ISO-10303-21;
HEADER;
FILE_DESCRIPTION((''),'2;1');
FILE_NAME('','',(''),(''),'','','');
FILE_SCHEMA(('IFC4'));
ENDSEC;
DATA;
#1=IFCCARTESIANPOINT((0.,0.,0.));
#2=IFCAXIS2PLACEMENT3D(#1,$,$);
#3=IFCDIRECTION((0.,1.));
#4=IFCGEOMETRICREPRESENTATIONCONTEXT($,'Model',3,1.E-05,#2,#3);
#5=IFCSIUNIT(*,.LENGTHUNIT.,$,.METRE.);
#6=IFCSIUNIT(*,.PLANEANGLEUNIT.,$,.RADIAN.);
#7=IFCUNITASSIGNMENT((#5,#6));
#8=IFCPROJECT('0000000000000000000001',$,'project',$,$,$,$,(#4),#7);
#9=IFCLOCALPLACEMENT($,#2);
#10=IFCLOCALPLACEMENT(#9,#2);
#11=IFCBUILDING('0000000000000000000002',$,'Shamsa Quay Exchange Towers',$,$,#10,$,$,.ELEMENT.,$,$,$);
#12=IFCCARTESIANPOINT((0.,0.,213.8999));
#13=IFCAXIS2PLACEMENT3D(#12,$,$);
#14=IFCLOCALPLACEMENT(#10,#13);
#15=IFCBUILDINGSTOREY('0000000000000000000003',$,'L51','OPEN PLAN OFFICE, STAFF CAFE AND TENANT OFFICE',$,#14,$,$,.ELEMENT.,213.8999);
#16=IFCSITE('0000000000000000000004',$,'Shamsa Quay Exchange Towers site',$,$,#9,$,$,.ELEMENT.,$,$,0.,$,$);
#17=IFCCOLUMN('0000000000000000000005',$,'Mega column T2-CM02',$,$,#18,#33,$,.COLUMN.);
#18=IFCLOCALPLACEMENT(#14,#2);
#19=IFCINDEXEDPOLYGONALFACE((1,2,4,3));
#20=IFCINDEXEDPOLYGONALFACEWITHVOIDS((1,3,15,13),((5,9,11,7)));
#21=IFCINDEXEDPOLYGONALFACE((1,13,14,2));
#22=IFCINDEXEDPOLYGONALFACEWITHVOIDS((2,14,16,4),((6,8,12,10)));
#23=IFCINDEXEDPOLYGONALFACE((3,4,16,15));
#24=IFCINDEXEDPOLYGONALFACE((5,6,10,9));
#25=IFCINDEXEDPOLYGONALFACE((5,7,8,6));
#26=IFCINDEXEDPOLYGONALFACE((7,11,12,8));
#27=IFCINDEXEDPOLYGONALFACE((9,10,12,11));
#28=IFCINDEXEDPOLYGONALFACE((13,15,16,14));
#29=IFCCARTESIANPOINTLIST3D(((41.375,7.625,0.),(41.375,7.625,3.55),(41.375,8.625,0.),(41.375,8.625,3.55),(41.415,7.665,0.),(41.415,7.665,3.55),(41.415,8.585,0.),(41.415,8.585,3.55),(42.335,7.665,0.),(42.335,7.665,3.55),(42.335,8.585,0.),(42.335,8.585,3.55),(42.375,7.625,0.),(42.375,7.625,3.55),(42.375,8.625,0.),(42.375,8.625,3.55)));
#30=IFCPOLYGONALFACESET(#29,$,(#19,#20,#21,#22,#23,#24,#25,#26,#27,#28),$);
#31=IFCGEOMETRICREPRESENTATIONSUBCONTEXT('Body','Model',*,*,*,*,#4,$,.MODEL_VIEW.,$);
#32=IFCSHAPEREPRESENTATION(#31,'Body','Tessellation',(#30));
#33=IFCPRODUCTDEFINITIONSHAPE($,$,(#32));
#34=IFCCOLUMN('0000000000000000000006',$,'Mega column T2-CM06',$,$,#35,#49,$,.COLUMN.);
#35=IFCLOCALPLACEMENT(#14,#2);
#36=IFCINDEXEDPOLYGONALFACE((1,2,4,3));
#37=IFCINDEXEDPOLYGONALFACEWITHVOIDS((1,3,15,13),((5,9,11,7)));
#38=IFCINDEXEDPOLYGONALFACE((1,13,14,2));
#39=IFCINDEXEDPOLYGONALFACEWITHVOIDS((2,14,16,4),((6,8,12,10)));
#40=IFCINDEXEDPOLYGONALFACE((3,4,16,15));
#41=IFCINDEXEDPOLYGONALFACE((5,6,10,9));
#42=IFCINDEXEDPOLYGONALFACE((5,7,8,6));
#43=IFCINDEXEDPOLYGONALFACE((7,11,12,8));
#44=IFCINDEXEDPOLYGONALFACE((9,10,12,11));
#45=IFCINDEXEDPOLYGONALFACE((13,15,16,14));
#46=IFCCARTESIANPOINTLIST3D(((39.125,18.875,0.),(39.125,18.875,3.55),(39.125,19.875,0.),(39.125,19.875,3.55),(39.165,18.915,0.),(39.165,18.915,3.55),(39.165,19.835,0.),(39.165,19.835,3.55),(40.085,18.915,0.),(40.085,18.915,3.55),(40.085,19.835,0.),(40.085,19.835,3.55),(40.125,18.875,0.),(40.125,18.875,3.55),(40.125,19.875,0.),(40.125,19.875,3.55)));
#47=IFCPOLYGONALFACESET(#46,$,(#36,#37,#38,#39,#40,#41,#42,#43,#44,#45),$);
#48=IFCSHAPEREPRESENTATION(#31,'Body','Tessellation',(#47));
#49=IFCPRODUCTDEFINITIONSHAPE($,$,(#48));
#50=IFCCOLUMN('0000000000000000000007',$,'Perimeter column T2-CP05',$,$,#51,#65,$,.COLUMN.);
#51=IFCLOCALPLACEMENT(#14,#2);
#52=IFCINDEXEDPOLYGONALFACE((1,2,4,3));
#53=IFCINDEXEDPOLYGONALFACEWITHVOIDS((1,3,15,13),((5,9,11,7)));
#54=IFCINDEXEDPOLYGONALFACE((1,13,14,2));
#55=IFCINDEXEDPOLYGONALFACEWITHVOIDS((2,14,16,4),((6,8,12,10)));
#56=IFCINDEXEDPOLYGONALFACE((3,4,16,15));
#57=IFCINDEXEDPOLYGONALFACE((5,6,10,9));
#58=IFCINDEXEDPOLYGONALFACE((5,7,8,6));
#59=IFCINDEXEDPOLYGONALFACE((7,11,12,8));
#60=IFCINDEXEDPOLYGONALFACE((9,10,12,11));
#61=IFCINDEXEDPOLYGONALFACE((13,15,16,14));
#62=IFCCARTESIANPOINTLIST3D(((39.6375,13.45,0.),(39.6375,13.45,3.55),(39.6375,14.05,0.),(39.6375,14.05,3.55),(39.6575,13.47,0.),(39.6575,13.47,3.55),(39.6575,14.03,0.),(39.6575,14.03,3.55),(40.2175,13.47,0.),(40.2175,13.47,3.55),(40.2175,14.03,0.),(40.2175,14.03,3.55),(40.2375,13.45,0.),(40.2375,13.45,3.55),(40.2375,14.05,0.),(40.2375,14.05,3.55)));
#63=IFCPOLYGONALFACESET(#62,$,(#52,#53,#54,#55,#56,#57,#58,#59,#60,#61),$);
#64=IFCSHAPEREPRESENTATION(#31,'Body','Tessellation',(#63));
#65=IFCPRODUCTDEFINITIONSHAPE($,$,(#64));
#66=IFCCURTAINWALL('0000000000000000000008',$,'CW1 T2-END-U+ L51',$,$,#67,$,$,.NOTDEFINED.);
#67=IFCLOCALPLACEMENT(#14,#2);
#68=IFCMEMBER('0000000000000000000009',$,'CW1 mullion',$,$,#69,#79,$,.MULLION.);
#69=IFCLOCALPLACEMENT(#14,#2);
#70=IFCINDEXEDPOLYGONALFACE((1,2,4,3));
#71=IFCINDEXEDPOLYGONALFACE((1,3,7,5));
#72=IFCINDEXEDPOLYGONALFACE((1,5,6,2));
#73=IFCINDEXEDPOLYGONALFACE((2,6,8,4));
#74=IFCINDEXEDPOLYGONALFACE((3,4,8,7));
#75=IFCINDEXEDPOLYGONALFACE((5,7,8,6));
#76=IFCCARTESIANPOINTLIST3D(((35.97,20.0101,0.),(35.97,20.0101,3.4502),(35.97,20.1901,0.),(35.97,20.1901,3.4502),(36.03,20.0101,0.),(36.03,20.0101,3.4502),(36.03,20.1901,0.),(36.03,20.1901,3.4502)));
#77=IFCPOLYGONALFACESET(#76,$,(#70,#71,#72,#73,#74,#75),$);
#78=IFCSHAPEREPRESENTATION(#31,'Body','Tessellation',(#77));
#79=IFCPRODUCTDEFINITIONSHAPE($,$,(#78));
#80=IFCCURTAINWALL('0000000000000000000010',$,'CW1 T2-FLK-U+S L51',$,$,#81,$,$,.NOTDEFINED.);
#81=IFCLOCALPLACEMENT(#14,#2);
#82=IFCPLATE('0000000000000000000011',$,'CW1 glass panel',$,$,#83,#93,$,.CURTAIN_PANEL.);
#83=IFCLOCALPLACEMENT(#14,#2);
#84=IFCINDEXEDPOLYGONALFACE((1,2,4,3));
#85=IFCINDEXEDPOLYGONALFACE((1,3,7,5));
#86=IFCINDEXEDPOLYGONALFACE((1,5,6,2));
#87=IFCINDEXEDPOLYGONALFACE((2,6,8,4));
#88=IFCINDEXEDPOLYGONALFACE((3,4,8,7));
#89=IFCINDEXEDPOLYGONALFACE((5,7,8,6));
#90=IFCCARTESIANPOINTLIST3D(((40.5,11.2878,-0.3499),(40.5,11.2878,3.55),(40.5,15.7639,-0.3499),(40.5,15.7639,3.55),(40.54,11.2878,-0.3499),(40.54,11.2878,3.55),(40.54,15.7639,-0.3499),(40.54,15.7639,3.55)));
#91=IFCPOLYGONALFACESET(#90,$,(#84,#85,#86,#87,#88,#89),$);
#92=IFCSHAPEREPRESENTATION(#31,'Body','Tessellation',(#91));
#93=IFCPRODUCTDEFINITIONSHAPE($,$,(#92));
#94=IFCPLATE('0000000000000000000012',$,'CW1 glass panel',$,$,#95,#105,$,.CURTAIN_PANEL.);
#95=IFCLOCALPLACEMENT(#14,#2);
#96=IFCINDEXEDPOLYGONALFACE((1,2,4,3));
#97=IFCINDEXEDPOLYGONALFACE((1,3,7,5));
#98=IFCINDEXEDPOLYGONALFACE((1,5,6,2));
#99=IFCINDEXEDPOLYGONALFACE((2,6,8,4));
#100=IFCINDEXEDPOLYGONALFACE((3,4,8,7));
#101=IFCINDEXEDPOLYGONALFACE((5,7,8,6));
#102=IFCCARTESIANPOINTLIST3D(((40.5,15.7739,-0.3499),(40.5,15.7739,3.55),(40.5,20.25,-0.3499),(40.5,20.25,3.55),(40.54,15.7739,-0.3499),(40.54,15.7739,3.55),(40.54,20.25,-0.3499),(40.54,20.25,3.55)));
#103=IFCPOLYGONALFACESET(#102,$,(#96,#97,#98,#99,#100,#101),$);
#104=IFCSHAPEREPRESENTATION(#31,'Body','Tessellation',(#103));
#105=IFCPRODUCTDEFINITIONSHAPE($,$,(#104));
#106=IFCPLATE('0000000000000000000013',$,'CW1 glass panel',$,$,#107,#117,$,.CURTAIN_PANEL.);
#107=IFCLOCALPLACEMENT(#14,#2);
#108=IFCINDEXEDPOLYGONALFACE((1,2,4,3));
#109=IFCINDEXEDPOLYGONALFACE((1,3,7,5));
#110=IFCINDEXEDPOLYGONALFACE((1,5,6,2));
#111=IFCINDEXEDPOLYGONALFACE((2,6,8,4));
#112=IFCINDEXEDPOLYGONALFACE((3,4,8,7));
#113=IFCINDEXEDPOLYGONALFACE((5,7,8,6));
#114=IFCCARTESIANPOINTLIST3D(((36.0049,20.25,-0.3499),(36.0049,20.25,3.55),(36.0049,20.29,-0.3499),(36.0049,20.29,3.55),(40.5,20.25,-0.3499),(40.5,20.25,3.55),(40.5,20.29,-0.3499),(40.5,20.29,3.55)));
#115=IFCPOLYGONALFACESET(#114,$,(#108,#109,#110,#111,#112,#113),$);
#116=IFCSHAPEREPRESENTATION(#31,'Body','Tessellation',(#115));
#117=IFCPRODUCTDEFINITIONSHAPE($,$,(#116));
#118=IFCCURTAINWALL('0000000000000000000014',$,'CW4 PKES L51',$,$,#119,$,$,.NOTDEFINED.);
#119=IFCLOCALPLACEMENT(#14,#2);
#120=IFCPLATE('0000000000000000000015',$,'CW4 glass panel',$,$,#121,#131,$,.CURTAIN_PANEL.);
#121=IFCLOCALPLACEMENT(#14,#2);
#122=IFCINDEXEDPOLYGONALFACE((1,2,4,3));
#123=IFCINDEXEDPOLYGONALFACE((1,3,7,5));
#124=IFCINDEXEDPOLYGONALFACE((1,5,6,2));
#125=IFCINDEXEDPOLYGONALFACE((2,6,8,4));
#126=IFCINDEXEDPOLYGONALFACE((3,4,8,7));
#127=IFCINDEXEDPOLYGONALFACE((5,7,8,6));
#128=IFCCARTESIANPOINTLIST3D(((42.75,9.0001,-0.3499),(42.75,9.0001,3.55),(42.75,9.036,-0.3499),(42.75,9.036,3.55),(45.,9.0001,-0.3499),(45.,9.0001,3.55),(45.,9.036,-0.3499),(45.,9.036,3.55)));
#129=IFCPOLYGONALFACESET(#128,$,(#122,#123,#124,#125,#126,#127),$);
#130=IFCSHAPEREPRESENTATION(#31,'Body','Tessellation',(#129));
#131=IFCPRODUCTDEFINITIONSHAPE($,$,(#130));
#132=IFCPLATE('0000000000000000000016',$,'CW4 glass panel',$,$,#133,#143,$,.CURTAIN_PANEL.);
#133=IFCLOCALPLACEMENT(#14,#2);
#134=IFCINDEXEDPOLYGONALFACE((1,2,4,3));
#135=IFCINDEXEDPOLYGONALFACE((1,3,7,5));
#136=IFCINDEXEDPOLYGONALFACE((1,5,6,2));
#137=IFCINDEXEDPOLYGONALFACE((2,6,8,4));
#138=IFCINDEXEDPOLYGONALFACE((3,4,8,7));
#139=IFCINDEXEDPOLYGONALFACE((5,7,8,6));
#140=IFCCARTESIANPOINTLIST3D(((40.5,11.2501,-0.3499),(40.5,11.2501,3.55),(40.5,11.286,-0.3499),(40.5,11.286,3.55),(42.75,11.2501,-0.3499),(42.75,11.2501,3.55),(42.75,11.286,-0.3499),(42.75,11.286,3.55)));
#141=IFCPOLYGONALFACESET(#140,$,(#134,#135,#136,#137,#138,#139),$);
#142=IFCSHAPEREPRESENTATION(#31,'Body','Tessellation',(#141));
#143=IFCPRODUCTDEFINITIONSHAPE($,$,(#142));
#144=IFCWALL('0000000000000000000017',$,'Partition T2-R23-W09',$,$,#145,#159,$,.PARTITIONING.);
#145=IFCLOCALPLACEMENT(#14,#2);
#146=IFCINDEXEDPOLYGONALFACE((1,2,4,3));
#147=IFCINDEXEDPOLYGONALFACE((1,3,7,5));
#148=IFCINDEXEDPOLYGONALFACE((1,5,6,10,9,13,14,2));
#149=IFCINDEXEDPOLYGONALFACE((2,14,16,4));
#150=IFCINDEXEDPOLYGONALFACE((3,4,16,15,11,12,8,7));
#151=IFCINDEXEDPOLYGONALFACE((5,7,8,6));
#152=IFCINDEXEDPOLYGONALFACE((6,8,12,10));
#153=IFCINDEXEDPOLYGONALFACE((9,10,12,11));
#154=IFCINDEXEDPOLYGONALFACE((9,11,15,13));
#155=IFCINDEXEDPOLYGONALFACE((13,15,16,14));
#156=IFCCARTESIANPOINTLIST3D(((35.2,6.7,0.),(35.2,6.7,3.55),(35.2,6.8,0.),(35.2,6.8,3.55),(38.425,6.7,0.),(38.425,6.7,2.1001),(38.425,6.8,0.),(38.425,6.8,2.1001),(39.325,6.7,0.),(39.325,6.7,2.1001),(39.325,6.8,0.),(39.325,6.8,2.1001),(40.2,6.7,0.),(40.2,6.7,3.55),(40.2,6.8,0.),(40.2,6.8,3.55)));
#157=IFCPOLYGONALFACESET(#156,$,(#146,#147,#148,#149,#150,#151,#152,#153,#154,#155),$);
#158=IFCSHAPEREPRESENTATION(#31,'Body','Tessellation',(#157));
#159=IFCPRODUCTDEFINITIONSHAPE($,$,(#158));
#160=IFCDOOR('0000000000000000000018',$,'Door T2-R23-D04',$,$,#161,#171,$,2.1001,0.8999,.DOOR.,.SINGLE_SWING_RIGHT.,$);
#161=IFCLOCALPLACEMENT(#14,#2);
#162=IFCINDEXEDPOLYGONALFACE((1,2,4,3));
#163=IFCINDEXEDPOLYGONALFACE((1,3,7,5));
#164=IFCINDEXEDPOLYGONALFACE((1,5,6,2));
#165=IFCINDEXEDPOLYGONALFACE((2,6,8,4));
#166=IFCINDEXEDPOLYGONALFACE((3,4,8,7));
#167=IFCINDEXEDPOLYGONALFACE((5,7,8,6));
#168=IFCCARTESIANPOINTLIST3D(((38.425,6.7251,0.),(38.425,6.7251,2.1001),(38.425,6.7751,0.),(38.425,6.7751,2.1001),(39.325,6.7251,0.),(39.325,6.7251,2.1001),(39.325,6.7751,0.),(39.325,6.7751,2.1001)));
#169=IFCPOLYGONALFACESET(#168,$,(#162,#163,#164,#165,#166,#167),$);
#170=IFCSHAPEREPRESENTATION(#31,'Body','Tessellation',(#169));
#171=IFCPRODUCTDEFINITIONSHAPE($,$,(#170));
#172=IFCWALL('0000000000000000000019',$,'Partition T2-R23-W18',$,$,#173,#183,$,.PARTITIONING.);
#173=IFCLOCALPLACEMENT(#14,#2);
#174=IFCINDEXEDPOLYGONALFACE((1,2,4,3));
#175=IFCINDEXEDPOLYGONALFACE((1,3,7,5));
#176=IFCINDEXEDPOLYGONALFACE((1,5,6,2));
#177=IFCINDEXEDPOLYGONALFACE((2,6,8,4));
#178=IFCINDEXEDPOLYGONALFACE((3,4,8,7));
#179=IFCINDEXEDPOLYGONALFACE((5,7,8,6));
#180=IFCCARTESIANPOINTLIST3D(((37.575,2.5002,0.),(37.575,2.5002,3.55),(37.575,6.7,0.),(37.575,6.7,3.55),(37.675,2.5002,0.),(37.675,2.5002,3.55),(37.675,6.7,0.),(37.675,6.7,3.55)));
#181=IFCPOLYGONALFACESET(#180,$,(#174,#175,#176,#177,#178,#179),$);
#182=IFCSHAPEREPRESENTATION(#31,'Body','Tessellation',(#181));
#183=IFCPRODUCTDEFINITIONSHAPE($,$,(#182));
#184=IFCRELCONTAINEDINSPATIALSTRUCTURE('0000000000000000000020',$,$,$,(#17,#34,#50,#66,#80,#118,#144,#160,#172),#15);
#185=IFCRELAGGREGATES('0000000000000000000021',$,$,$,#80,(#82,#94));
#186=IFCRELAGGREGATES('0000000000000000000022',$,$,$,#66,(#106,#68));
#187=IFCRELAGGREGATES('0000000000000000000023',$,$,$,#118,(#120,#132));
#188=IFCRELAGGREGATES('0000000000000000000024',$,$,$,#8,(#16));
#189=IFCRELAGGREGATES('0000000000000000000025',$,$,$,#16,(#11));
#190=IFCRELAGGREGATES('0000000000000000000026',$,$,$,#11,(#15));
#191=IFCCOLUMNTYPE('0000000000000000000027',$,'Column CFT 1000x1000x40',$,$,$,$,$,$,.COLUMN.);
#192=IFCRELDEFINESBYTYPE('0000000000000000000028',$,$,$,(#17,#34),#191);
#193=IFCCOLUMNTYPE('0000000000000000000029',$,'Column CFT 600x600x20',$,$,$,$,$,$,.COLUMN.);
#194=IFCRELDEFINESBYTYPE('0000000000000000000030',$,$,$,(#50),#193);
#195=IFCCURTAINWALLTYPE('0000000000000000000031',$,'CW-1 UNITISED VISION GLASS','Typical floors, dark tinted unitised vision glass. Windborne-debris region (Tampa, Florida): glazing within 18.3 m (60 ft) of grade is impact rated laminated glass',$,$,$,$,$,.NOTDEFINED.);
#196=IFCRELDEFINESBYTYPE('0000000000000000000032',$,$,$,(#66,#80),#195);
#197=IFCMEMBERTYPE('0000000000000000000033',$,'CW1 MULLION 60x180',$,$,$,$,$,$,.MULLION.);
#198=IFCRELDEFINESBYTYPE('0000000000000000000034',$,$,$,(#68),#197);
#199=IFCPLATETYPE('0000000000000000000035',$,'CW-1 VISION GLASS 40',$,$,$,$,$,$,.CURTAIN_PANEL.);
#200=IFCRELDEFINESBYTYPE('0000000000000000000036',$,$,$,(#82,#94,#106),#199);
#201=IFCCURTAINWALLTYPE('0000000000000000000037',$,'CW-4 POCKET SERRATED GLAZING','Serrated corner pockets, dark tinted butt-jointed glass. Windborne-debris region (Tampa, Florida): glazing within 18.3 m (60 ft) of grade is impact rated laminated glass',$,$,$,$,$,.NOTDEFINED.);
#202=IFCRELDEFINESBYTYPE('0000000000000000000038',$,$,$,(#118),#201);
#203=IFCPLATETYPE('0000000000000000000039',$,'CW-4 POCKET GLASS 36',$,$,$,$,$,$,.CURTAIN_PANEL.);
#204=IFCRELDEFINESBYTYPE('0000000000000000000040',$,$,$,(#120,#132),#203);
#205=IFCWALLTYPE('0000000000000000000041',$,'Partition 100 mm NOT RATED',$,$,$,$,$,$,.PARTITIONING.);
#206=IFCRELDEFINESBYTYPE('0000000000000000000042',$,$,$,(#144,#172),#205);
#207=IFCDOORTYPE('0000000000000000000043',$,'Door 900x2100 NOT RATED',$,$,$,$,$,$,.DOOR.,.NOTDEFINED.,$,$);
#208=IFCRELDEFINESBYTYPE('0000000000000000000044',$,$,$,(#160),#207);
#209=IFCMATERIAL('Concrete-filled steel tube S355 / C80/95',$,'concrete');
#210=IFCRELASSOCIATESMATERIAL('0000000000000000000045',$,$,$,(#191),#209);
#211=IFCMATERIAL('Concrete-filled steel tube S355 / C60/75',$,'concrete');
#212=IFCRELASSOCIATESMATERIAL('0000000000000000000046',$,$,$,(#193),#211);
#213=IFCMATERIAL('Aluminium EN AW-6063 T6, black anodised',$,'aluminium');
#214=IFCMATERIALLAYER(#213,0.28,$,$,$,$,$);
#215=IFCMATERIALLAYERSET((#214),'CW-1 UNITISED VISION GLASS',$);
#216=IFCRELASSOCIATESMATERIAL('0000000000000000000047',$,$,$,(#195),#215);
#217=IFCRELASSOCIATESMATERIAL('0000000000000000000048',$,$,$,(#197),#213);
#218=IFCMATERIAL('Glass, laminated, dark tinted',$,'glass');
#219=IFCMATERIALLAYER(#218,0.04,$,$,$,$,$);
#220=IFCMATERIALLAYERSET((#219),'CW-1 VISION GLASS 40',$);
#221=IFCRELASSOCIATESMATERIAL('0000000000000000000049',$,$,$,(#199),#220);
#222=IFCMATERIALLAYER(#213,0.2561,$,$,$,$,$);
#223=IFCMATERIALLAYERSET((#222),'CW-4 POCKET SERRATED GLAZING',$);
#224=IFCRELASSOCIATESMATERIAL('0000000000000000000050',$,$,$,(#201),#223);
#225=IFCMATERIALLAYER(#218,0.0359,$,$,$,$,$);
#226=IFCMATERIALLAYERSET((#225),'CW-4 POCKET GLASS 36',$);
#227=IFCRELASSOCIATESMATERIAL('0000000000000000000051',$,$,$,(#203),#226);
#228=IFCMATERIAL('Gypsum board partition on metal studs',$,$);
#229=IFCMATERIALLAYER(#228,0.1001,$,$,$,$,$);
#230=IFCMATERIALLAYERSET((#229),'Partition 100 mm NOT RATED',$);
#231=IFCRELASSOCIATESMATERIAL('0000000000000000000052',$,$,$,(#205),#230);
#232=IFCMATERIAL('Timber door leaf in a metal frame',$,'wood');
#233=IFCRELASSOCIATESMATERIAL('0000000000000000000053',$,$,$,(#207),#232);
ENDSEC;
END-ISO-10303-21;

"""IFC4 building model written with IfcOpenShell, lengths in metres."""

from ifc_helpers import new_model, si_unit, direction, frame, frame_2d, origin, origin_2d, place, context, subcontext, project, spatial, rectangle, hollow_rectangle, extrude, material, layer, layer_set, material_profile, profile_set, type_object, element, fill, aggregate, save


model = new_model("IFC4")

# Units and contexts
model_context = context("Model", 3, precision=1e-05, world=origin(), true_north=direction((0.0, 1.0)))
body_context = subcontext(model_context, "Body", "Model", "MODEL_VIEW")
ifc_project = project(units=[si_unit("LENGTHUNIT", "METRE"), si_unit("PLANEANGLEUNIT", "RADIAN")], contexts=[model_context])

# Site, building, storey
site_placement = place(None, origin())
site = spatial("IfcSite", under=ifc_project, at=site_placement, Name="Shamsa Quay Exchange Towers site", CompositionType="ELEMENT", RefElevation=0.0)
building_placement = place(site_placement, origin())
building = spatial("IfcBuilding", under=site, at=building_placement, Name="Shamsa Quay Exchange Towers", CompositionType="ELEMENT")
storey_placement = place(building_placement, frame((0.0, 0.0, 213.8999)))
storey = spatial("IfcBuildingStorey", under=building, at=storey_placement, Name="L51", Description="OPEN PLAN OFFICE, STAFF CAFE AND TENANT OFFICE", CompositionType="ELEMENT", Elevation=213.8999)

# Columns
ifc_material_1 = material(Name="Concrete-filled steel tube S355 / C80/95", Category="concrete")
ifc_material_profile_1 = material_profile(ifc_material_1, hollow_rectangle(XDim=1.0, YDim=1.0, WallThickness=0.04, at=origin_2d()), Name="CFT 1000x1000x40")
ifc_profile_set_1 = profile_set([ifc_material_profile_1], Name="Concrete-filled steel tube S355 / C80/95")
column_type_1 = type_object("IfcColumnType", Name="Column CFT 1000x1000x40", PredefinedType="COLUMN", material=ifc_profile_set_1)
for number, where, name in (
    (1, (41.875, 8.125, 0.0), "Mega column T2-CM02"),
    (2, (39.625, 19.375, 0.0), "Mega column T2-CM06"),
):
    element("IfcColumn", number, at=place(storey_placement, frame(where)), inside=storey, type_object=column_type_1, Name=name, PredefinedType="COLUMN", context=body_context, shape_type="SweptSolid", body=[
        extrude(hollow_rectangle(XDim=1.0, YDim=1.0, WallThickness=0.04, at=origin_2d()), origin(), (0.0, 0.0, 1.0), 3.55),
    ])
ifc_material_2 = material(Name="Concrete-filled steel tube S355 / C60/75", Category="concrete")
ifc_material_profile_2 = material_profile(ifc_material_2, hollow_rectangle(XDim=0.6001, YDim=0.6001, WallThickness=0.02, at=origin_2d()), Name="CFT 600x600x20")
ifc_profile_set_2 = profile_set([ifc_material_profile_2], Name="Concrete-filled steel tube S355 / C60/75")
column_type_2 = type_object("IfcColumnType", Name="Column CFT 600x600x20", PredefinedType="COLUMN", material=ifc_profile_set_2)
column_placement = place(storey_placement, frame((39.9375, 13.75, 0.0)))
element("IfcColumn", 3, at=column_placement, inside=storey, type_object=column_type_2, Name="Perimeter column T2-CP05", PredefinedType="COLUMN", context=body_context, shape_type="SweptSolid", body=[
    extrude(hollow_rectangle(XDim=0.6001, YDim=0.6001, WallThickness=0.02, at=origin_2d()), origin(), (0.0, 0.0, 1.0), 3.55),
])

# Curtain wall, member
ifc_material_3 = material(Name="Aluminium EN AW-6063 T6, black anodised", Category="aluminium")
ifc_layer_1 = layer(ifc_material_3, 0.28)
ifc_layer_set_1 = layer_set([ifc_layer_1], Name="CW-1 UNITISED VISION GLASS")
curtain_wall_type_1 = type_object("IfcCurtainWallType", Name="CW-1 UNITISED VISION GLASS", Description="Typical floors, dark tinted unitised vision glass. Windborne-debris region (Tampa, Florida): glazing within 18.3 m (60 ft) of grade is impact rated laminated glass", PredefinedType="NOTDEFINED", material=ifc_layer_set_1)
curtain_wall_1_placement = place(storey_placement, origin())
curtain_wall_1 = element("IfcCurtainWall", 4, at=curtain_wall_1_placement, inside=storey, type_object=curtain_wall_type_1, Name="CW1 T2-END-U+ L51", PredefinedType="NOTDEFINED")
ifc_material_profile_3 = material_profile(ifc_material_3, rectangle(XDim=0.1799, YDim=0.0601, at=origin_2d()), Name="MU60x180")
ifc_profile_set_3 = profile_set([ifc_material_profile_3], Name="Aluminium EN AW-6063 T6, black anodised")
member_type = type_object("IfcMemberType", Name="CW1 MULLION 60x180", PredefinedType="MULLION", material=ifc_profile_set_3)
member_placement = place(storey_placement, frame((36.0, 20.1001, 0.0), z_axis=(0.0, 0.0, 1.0), x_axis=(0.0, -1.0, 0.0)))
member = element("IfcMember", 5, at=member_placement, type_object=member_type, Name="CW1 mullion", PredefinedType="MULLION", context=body_context, shape_type="SweptSolid", body=[
    extrude(rectangle(XDim=0.1799, YDim=0.0601, at=origin_2d()), origin(), (0.0, 0.0, 1.0), 3.4502),
])

# Curtain wall, plates
curtain_wall_2_placement = place(storey_placement, origin())
curtain_wall_2 = element("IfcCurtainWall", 6, at=curtain_wall_2_placement, inside=storey, type_object=curtain_wall_type_1, Name="CW1 T2-FLK-U+S L51", PredefinedType="NOTDEFINED")
ifc_material_4 = material(Name="Glass, laminated, dark tinted", Category="glass")
ifc_layer_2 = layer(ifc_material_4, 0.04)
ifc_layer_set_2 = layer_set([ifc_layer_2], Name="CW-1 VISION GLASS 40")
plate_type_1 = type_object("IfcPlateType", Name="CW-1 VISION GLASS 40", PredefinedType="CURTAIN_PANEL", material=ifc_layer_set_2)
plate_1_placement = place(storey_placement, frame((40.52, 13.5259, -0.3499), z_axis=(0.0, 0.0, 1.0), x_axis=(0.0, 1.0, 0.0)))
plate_1 = element("IfcPlate", 7, at=plate_1_placement, type_object=plate_type_1, Name="CW1 glass panel", PredefinedType="CURTAIN_PANEL", context=body_context, shape_type="SweptSolid", body=[
    extrude(rectangle(XDim=4.4761, YDim=0.04, at=origin_2d()), origin(), (0.0, 0.0, 1.0), 3.8999),
])
plate_2_placement = place(storey_placement, frame((40.52, 18.012, -0.3499), z_axis=(0.0, 0.0, 1.0), x_axis=(0.0, 1.0, 0.0)))
plate_2 = element("IfcPlate", 8, at=plate_2_placement, type_object=plate_type_1, Name="CW1 glass panel", PredefinedType="CURTAIN_PANEL", context=body_context, shape_type="SweptSolid", body=[
    extrude(rectangle(XDim=4.4761, YDim=0.04, at=origin_2d()), origin(), (0.0, 0.0, 1.0), 3.8999),
])
aggregate(curtain_wall_2, [plate_1, plate_2])

# Plate
plate_3_placement = place(storey_placement, frame((38.2524, 20.27, -0.3499), z_axis=(0.0, 0.0, 1.0), x_axis=(-1.0, 0.0, 0.0)))
plate_3 = element("IfcPlate", 9, at=plate_3_placement, type_object=plate_type_1, Name="CW1 glass panel", PredefinedType="CURTAIN_PANEL", context=body_context, shape_type="SweptSolid", body=[
    extrude(rectangle(XDim=4.4951, YDim=0.04, at=origin_2d()), origin(), (0.0, 0.0, 1.0), 3.8999),
])
aggregate(curtain_wall_1, [plate_3, member])

# Curtain wall, plates
ifc_layer_3 = layer(ifc_material_3, 0.2561)
ifc_layer_set_3 = layer_set([ifc_layer_3], Name="CW-4 POCKET SERRATED GLAZING")
curtain_wall_type_2 = type_object("IfcCurtainWallType", Name="CW-4 POCKET SERRATED GLAZING", Description="Serrated corner pockets, dark tinted butt-jointed glass. Windborne-debris region (Tampa, Florida): glazing within 18.3 m (60 ft) of grade is impact rated laminated glass", PredefinedType="NOTDEFINED", material=ifc_layer_set_3)
curtain_wall_3_placement = place(storey_placement, origin())
curtain_wall_3 = element("IfcCurtainWall", 10, at=curtain_wall_3_placement, inside=storey, type_object=curtain_wall_type_2, Name="CW4 PKES L51", PredefinedType="NOTDEFINED")
ifc_layer_4 = layer(ifc_material_4, 0.0359)
ifc_layer_set_4 = layer_set([ifc_layer_4], Name="CW-4 POCKET GLASS 36")
plate_type_2 = type_object("IfcPlateType", Name="CW-4 POCKET GLASS 36", PredefinedType="CURTAIN_PANEL", material=ifc_layer_set_4)
plate_4_placement = place(storey_placement, frame((43.875, 9.0181, -0.3499), z_axis=(0.0, 0.0, 1.0), x_axis=(-1.0, 0.0, 0.0)))
plate_4 = element("IfcPlate", 11, at=plate_4_placement, type_object=plate_type_2, Name="CW4 glass panel", PredefinedType="CURTAIN_PANEL", context=body_context, shape_type="SweptSolid", body=[
    extrude(rectangle(XDim=2.25, YDim=0.0359, at=origin_2d()), origin(), (0.0, 0.0, 1.0), 3.8999),
])
plate_5_placement = place(storey_placement, frame((41.625, 11.2681, -0.3499), z_axis=(0.0, 0.0, 1.0), x_axis=(-1.0, 0.0, 0.0)))
plate_5 = element("IfcPlate", 12, at=plate_5_placement, type_object=plate_type_2, Name="CW4 glass panel", PredefinedType="CURTAIN_PANEL", context=body_context, shape_type="SweptSolid", body=[
    extrude(rectangle(XDim=2.25, YDim=0.0359, at=origin_2d()), origin(), (0.0, 0.0, 1.0), 3.8999),
])
aggregate(curtain_wall_3, [plate_4, plate_5])

# Wall, opening, door
ifc_material_5 = material(Name="Gypsum board partition on metal studs")
ifc_layer_5 = layer(ifc_material_5, 0.1001)
ifc_layer_set_5 = layer_set([ifc_layer_5], Name="Partition 100 mm NOT RATED")
wall_type_1 = type_object("IfcWallType", Name="Partition 100 mm NOT RATED", PredefinedType="PARTITIONING", material=ifc_layer_set_5)
wall_1_placement = place(storey_placement, frame((40.2, 6.75, 0.0), z_axis=(0.0, 0.0, 1.0), x_axis=(-1.0, 0.0, 0.0)))
wall_1 = element("IfcWall", 13, at=wall_1_placement, inside=storey, type_object=wall_type_1, Name="Partition T2-R23-W09", PredefinedType="PARTITIONING", context=body_context, shape_type="SweptSolid", body=[
    extrude(rectangle(XDim=5.0, YDim=0.1001, at=frame_2d((2.5, 0.0))), origin(), (0.0, 0.0, 1.0), 3.55),
])
opening_1_placement = place(wall_1_placement, frame((0.875, 0.0, 0.0)))
opening_1 = element("IfcOpeningElement", 14, at=opening_1_placement, cuts=wall_1, PredefinedType="OPENING", context=body_context, shape_type="SweptSolid", body=[
    extrude(rectangle(XDim=0.8999, YDim=2.1001, at=frame_2d((0.45, 1.05))), frame((0.0, 0.0601, 0.0), z_axis=(0.0, -1.0, 0.0), x_axis=(1.0, 0.0, 0.0)), (0.0, 0.0, 1.0), 0.1201),
])
ifc_material_6 = material(Name="Timber door leaf in a metal frame", Category="wood")
door_type_1 = type_object("IfcDoorType", Name="Door 900x2100 NOT RATED", OperationType="NOTDEFINED", PredefinedType="DOOR", material=ifc_material_6)
door_1_placement = place(opening_1_placement, origin())
door_1 = element("IfcDoor", 15, at=door_1_placement, inside=storey, type_object=door_type_1, Name="Door T2-R23-D04", OperationType="SINGLE_SWING_RIGHT", OverallHeight=2.1001, OverallWidth=0.8999, PredefinedType="DOOR", context=body_context, shape_type="SweptSolid", body=[
    extrude(rectangle(XDim=0.8999, YDim=2.1001, at=frame_2d((0.45, 1.05))), frame((0.0, 0.0249, 0.0), z_axis=(0.0, -1.0, 0.0), x_axis=(1.0, 0.0, 0.0)), (0.0, 0.0, 1.0), 0.05),
])
fill(opening_1, door_1)

# Wall
wall_2_placement = place(storey_placement, frame((37.625, 6.7, 0.0), z_axis=(0.0, 0.0, 1.0), x_axis=(0.0, -1.0, 0.0)))
element("IfcWall", 16, at=wall_2_placement, inside=storey, type_object=wall_type_1, Name="Partition T2-R23-W18", PredefinedType="PARTITIONING", context=body_context, shape_type="SweptSolid", body=[
    extrude(rectangle(XDim=4.1997, YDim=0.1001, at=frame_2d((2.0999, 0.0))), origin(), (0.0, 0.0, 1.0), 3.55),
])

save(model, "model.ifc")
